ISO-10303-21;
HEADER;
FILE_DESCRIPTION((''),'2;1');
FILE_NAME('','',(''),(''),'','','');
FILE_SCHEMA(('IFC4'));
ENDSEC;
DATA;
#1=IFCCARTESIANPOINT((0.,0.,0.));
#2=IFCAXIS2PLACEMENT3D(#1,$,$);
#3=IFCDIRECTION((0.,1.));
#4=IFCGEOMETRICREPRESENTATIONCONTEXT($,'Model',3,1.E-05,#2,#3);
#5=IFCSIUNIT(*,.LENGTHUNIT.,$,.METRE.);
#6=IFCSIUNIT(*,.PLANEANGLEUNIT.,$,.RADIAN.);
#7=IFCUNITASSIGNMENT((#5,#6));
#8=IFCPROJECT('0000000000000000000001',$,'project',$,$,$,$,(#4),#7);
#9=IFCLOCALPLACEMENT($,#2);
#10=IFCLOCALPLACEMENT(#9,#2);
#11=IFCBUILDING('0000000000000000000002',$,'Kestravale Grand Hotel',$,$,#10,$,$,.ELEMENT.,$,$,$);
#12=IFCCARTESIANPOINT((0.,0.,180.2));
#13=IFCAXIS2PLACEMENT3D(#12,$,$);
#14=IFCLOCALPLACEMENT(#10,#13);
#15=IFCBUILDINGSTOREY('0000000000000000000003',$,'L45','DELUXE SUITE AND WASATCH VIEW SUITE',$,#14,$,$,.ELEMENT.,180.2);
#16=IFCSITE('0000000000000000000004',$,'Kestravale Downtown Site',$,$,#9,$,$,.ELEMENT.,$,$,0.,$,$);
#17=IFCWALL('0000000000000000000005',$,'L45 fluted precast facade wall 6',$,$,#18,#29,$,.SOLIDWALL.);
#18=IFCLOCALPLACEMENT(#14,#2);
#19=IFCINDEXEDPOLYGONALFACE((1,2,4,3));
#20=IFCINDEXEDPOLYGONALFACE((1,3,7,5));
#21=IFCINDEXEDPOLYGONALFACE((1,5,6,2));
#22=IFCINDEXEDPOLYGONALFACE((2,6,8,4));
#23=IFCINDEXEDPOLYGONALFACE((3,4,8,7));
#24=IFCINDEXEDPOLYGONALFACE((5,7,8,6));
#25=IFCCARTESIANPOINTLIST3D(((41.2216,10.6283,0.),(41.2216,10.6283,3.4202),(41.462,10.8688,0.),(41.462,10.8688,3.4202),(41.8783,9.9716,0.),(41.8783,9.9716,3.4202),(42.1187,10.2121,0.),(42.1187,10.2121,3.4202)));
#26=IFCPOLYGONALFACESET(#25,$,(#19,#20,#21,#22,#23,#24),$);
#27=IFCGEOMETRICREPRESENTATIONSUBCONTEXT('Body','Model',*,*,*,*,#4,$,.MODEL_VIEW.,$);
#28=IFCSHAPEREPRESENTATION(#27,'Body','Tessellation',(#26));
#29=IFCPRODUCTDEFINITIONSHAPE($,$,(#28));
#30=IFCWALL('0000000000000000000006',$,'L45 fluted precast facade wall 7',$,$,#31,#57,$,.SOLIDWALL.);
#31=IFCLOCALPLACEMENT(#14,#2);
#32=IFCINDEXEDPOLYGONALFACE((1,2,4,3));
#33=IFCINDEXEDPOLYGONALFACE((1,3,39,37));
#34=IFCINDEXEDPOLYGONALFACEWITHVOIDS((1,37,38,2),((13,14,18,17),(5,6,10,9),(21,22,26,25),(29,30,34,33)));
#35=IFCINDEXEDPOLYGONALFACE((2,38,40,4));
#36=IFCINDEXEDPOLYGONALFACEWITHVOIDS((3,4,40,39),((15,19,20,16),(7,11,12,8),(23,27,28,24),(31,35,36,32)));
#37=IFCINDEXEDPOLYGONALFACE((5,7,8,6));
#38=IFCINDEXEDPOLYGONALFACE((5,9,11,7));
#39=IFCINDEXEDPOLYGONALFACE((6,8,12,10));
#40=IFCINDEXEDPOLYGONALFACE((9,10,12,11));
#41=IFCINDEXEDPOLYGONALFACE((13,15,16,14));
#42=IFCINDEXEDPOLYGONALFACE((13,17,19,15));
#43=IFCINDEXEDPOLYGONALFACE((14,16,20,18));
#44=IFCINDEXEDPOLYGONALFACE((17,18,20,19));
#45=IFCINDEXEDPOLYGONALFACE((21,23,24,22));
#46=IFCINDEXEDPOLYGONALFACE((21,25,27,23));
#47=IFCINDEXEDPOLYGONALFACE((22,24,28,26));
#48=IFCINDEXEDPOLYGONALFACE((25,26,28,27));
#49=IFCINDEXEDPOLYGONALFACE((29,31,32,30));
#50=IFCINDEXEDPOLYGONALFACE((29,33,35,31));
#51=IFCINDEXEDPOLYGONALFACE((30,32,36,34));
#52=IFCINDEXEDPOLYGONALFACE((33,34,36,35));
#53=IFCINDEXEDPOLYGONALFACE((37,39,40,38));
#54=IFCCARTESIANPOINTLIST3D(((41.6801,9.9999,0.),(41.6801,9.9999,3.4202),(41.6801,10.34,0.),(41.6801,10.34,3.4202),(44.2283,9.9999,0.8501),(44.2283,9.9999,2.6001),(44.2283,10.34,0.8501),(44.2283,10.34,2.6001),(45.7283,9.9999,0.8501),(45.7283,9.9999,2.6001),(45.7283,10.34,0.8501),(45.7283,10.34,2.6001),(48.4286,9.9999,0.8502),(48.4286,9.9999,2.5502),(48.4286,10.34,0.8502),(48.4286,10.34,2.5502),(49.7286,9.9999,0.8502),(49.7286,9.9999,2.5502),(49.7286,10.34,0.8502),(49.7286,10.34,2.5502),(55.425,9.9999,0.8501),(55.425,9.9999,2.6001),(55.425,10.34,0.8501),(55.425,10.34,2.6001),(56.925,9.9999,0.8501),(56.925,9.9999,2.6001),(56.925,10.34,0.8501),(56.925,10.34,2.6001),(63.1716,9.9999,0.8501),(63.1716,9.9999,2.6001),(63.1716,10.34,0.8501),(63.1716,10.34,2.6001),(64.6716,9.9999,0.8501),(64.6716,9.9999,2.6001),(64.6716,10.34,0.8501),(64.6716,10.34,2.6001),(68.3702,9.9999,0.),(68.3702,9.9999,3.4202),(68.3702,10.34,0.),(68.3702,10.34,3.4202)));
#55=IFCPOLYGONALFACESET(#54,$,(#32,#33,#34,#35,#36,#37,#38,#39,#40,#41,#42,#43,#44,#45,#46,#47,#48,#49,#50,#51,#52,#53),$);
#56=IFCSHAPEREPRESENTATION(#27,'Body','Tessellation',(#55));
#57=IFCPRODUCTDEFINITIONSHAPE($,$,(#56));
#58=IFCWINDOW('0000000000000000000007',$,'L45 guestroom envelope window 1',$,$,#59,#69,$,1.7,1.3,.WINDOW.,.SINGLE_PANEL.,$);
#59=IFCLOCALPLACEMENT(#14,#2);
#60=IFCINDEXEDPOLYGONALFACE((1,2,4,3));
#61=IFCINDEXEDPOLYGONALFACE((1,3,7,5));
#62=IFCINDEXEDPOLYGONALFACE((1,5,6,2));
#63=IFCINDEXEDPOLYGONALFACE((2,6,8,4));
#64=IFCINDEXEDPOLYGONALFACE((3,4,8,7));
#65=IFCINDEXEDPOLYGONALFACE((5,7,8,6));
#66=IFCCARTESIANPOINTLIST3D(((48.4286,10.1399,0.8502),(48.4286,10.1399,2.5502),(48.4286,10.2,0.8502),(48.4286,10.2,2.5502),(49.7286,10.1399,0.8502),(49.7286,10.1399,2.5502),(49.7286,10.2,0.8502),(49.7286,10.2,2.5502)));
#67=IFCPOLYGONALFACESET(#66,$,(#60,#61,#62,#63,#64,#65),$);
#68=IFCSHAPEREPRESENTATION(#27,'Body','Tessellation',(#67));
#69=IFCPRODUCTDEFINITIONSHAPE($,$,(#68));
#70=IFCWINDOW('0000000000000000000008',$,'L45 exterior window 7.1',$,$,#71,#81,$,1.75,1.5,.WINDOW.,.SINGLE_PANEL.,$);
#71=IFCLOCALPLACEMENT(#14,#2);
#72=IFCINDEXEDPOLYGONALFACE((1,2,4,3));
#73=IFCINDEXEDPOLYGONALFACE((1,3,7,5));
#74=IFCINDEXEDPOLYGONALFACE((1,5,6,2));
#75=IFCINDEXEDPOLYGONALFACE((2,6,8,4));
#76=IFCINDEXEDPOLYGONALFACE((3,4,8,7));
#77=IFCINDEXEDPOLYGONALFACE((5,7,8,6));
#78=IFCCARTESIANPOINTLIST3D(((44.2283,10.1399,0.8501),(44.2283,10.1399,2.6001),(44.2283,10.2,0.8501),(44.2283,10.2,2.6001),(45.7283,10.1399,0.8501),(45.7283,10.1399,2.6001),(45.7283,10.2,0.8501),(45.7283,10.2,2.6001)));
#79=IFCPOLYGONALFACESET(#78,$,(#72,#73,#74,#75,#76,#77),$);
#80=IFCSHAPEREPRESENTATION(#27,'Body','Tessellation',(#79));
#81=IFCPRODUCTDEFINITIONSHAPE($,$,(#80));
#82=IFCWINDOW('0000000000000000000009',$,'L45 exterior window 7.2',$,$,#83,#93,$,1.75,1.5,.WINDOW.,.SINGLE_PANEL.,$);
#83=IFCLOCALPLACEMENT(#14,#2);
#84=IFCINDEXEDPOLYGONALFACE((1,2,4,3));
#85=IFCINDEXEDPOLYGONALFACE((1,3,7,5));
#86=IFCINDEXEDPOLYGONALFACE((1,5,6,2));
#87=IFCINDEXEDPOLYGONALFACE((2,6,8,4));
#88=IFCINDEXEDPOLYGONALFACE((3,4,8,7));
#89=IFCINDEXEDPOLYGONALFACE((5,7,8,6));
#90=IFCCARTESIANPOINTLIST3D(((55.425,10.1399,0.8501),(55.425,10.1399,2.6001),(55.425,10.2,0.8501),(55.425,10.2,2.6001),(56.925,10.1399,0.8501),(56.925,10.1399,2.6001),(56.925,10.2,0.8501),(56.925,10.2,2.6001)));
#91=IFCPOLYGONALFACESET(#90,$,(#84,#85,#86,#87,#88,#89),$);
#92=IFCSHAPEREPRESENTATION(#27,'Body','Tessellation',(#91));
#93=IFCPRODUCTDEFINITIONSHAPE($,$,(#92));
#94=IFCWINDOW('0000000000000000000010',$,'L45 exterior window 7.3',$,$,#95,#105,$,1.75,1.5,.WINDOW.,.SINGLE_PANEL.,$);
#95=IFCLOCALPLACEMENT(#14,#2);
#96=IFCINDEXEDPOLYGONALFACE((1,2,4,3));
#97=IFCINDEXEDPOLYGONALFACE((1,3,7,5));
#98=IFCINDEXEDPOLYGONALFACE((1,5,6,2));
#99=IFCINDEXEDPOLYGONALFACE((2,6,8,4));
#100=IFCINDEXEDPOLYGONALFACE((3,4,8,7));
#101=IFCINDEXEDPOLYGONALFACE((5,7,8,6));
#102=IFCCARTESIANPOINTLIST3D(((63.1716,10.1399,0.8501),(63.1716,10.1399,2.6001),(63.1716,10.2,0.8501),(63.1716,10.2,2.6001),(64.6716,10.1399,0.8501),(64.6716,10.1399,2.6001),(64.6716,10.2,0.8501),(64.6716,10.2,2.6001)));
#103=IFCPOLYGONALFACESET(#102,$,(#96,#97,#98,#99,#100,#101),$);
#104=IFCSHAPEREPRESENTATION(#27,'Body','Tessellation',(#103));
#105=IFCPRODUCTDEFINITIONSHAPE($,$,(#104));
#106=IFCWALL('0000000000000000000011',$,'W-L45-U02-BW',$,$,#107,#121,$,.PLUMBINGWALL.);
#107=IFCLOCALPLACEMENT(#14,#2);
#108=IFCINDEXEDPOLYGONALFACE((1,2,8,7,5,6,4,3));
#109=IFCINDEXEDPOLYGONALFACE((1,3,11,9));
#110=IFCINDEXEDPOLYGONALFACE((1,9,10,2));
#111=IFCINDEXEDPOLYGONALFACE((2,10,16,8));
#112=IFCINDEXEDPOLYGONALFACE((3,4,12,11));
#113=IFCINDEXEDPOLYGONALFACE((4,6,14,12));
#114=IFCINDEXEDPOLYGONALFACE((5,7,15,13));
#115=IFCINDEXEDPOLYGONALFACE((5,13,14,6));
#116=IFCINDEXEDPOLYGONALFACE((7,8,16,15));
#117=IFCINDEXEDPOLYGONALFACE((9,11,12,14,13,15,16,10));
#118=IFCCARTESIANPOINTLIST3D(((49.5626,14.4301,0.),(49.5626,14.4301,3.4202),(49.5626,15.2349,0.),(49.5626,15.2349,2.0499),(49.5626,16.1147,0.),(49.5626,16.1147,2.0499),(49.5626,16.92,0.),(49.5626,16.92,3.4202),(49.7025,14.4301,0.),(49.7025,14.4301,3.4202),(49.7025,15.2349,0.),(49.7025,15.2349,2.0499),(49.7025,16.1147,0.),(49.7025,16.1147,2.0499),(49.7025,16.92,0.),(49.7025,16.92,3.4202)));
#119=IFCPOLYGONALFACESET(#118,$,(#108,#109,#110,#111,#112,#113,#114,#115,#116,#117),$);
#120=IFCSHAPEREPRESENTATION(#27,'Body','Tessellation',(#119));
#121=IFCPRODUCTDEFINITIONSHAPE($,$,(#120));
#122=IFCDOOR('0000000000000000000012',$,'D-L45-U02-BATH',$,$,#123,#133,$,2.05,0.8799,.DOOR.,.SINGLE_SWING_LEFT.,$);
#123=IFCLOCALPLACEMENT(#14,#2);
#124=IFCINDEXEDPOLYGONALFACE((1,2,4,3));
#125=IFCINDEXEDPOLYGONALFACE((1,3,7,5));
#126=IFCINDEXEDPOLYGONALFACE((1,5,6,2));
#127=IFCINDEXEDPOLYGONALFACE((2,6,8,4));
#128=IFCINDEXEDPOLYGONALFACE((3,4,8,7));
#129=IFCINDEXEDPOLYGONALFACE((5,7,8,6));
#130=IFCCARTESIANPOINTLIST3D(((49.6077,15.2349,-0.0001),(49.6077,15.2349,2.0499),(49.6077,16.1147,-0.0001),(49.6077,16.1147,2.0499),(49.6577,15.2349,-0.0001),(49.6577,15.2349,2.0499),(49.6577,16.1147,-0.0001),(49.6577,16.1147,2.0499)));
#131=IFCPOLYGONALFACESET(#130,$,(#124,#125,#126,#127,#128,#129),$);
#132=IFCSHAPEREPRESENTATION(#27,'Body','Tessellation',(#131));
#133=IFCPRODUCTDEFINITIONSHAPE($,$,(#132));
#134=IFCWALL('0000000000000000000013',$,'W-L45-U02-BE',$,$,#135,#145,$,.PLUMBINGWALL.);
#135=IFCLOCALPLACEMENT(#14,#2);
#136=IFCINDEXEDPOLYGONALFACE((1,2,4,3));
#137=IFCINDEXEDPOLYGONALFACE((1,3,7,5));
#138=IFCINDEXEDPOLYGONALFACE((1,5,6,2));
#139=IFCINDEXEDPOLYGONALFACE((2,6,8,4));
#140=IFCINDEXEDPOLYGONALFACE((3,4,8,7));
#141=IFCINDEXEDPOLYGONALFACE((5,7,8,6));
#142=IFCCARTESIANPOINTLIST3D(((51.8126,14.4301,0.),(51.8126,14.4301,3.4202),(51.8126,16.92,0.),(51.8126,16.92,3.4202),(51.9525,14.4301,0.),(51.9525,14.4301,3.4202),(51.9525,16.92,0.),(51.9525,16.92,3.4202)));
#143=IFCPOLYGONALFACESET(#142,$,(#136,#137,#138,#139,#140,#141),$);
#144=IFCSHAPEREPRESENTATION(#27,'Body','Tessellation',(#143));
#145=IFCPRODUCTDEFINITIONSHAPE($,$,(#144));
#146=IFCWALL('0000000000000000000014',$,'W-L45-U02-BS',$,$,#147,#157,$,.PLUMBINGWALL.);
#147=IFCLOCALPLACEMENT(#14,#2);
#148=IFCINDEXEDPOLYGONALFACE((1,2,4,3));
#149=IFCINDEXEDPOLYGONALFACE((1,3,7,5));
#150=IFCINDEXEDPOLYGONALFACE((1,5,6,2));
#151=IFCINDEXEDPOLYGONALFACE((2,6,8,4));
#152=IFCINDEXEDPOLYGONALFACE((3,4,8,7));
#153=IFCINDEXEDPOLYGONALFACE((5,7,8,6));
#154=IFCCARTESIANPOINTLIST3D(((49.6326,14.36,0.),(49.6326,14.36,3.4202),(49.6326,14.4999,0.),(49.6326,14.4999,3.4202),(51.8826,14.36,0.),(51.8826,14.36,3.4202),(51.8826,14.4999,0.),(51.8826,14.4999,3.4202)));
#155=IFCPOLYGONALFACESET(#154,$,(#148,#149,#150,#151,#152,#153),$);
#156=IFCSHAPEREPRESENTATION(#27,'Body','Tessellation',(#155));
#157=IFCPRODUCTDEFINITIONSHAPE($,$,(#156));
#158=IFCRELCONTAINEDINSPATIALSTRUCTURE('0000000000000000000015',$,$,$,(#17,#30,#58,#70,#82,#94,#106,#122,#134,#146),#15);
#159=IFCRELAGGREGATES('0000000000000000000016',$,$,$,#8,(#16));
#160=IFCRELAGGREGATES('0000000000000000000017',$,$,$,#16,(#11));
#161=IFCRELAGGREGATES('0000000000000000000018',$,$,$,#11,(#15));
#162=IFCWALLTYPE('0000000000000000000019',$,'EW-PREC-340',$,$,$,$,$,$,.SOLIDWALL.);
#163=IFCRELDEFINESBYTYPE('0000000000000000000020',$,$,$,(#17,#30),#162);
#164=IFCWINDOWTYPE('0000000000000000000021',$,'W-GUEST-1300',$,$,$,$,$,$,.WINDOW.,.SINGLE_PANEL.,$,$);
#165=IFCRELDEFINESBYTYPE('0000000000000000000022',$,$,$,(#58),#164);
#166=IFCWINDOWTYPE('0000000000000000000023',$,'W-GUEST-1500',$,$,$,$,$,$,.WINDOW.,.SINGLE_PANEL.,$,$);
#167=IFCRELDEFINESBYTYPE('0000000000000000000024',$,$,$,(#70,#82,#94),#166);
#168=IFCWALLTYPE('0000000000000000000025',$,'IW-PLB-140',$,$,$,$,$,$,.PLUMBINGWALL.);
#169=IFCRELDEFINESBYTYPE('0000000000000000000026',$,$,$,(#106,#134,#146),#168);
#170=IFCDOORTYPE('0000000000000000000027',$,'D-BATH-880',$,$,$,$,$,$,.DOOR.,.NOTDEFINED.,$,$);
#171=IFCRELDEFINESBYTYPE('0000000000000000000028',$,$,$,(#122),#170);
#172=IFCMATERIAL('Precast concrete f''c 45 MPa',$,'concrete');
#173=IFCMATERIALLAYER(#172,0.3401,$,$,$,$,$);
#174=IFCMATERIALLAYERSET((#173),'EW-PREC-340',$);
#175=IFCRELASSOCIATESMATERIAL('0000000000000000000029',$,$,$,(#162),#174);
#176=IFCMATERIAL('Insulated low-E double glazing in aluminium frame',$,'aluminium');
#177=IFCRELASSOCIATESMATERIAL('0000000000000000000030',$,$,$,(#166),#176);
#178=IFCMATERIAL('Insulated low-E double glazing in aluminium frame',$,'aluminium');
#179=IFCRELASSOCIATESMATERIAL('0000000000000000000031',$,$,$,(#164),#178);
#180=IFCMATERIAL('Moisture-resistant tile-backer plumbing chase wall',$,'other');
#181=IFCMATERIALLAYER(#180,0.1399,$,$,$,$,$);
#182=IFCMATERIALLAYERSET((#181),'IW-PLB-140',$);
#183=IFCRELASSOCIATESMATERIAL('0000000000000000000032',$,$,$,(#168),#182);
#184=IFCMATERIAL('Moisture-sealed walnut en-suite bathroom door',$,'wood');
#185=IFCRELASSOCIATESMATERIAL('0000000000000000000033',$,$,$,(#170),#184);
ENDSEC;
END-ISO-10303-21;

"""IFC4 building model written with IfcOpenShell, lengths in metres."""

from ifc_helpers import new_model, si_unit, direction, frame, frame_2d, origin, place, context, subcontext, project, spatial, rectangle, extrude, material, layer, layer_set, type_object, element, fill, save


model = new_model("IFC4")

# Units and contexts
model_context = context("Model", 3, precision=1e-05, world=origin(), true_north=direction((0.0, 1.0)))
body_context = subcontext(model_context, "Body", "Model", "MODEL_VIEW")
ifc_project = project(units=[si_unit("LENGTHUNIT", "METRE"), si_unit("PLANEANGLEUNIT", "RADIAN")], contexts=[model_context])

# Site, building, storey
site_placement = place(None, origin())
site = spatial("IfcSite", under=ifc_project, at=site_placement, Name="Kestravale Downtown Site", CompositionType="ELEMENT", RefElevation=0.0)
building_placement = place(site_placement, origin())
building = spatial("IfcBuilding", under=site, at=building_placement, Name="Kestravale Grand Hotel", CompositionType="ELEMENT")
storey_placement = place(building_placement, frame((0.0, 0.0, 180.2)))
storey = spatial("IfcBuildingStorey", under=building, at=storey_placement, Name="L45", Description="DELUXE SUITE AND WASATCH VIEW SUITE", CompositionType="ELEMENT", Elevation=180.2)

# Shared definitions
ifc_material_1 = material(Name="Precast concrete f'c 45 MPa", Category="concrete")
ifc_layer_1 = layer(ifc_material_1, 0.3401)
ifc_layer_set_1 = layer_set([ifc_layer_1], Name="EW-PREC-340")
wall_type_1 = type_object("IfcWallType", Name="EW-PREC-340", PredefinedType="SOLIDWALL", material=ifc_layer_set_1)
ifc_material_2 = material(Name="Insulated low-E double glazing in aluminium frame", Category="aluminium")
window_type_1 = type_object("IfcWindowType", Name="W-GUEST-1500", PartitioningType="SINGLE_PANEL", PredefinedType="WINDOW", material=ifc_material_2)

# Wall
wall_1_placement = place(storey_placement, frame((41.3418, 10.7485, 0.0), z_axis=(0.0, 0.0, 1.0), x_axis=(0.707107, -0.707107, 0.0)))
element("IfcWall", 1, at=wall_1_placement, inside=storey, type_object=wall_type_1, Name="L45 fluted precast facade wall 6", PredefinedType="SOLIDWALL", context=body_context, shape_type="SweptSolid", body=[
    extrude(rectangle(XDim=0.9287, YDim=0.3401, at=frame_2d((0.4644, 0.0))), origin(), (0.0, 0.0, 1.0), 3.4202),
])

# Wall, openings, windows
wall_2_placement = place(storey_placement, frame((41.6799, 10.1699, 0.0), z_axis=(0.0, 0.0, 1.0), x_axis=(1.0, 0.0, 0.0)))
wall_2 = element("IfcWall", 2, at=wall_2_placement, inside=storey, type_object=wall_type_1, Name="L45 fluted precast facade wall 7", PredefinedType="SOLIDWALL", context=body_context, shape_type="SweptSolid", body=[
    extrude(rectangle(XDim=26.6902, YDim=0.3401, at=frame_2d((13.3452, 0.0))), origin(), (0.0, 0.0, 1.0), 3.4202),
])
opening_1_placement = place(wall_2_placement, frame((2.5483, 0.0, 0.8501)))
opening_1 = element("IfcOpeningElement", 3, at=opening_1_placement, cuts=wall_2, PredefinedType="OPENING", context=body_context, shape_type="SweptSolid", body=[
    extrude(rectangle(XDim=1.5, YDim=1.75, at=frame_2d((0.75, 0.875))), frame((0.0, 0.1799, 0.0), z_axis=(0.0, -1.0, 0.0), x_axis=(1.0, 0.0, 0.0)), (0.0, 0.0, 1.0), 0.3601),
])
opening_2_placement = place(wall_2_placement, frame((13.7451, 0.0, 0.8501)))
opening_2 = element("IfcOpeningElement", 4, at=opening_2_placement, cuts=wall_2, PredefinedType="OPENING", context=body_context, shape_type="SweptSolid", body=[
    extrude(rectangle(XDim=1.5, YDim=1.75, at=frame_2d((0.75, 0.875))), frame((0.0, 0.1799, 0.0), z_axis=(0.0, -1.0, 0.0), x_axis=(1.0, 0.0, 0.0)), (0.0, 0.0, 1.0), 0.3601),
])
opening_3_placement = place(wall_2_placement, frame((21.4917, 0.0, 0.8501)))
opening_3 = element("IfcOpeningElement", 5, at=opening_3_placement, cuts=wall_2, PredefinedType="OPENING", context=body_context, shape_type="SweptSolid", body=[
    extrude(rectangle(XDim=1.5, YDim=1.75, at=frame_2d((0.75, 0.875))), frame((0.0, 0.1799, 0.0), z_axis=(0.0, -1.0, 0.0), x_axis=(1.0, 0.0, 0.0)), (0.0, 0.0, 1.0), 0.3601),
])
opening_4_placement = place(wall_2_placement, frame((6.7488, 0.0, 0.8501)))
opening_4 = element("IfcOpeningElement", 6, at=opening_4_placement, cuts=wall_2, PredefinedType="OPENING", context=body_context, shape_type="SweptSolid", body=[
    extrude(rectangle(XDim=1.3, YDim=1.7, at=frame_2d((0.6499, 0.8501))), frame((0.0, 0.1799, 0.0), z_axis=(0.0, -1.0, 0.0), x_axis=(1.0, 0.0, 0.0)), (0.0, 0.0, 1.0), 0.3601),
])
ifc_material_3 = material(Name="Insulated low-E double glazing in aluminium frame", Category="aluminium")
window_type_2 = type_object("IfcWindowType", Name="W-GUEST-1300", PartitioningType="SINGLE_PANEL", PredefinedType="WINDOW", material=ifc_material_3)
window_1_placement = place(opening_4_placement, origin())
window_1 = element("IfcWindow", 7, at=window_1_placement, inside=storey, type_object=window_type_2, Name="L45 guestroom envelope window 1", OverallHeight=1.7, OverallWidth=1.3, PartitioningType="SINGLE_PANEL", PredefinedType="WINDOW", context=body_context, shape_type="SweptSolid", body=[
    extrude(rectangle(XDim=1.3, YDim=1.7, at=frame_2d((0.6499, 0.8501))), frame((0.0, 0.03, 0.0), z_axis=(0.0, -1.0, 0.0), x_axis=(1.0, 0.0, 0.0)), (0.0, 0.0, 1.0), 0.0601),
])
fill(opening_4, window_1)
window_2_placement = place(opening_1_placement, origin())
window_2 = element("IfcWindow", 8, at=window_2_placement, inside=storey, type_object=window_type_1, Name="L45 exterior window 7.1", OverallHeight=1.75, OverallWidth=1.5, PartitioningType="SINGLE_PANEL", PredefinedType="WINDOW", context=body_context, shape_type="SweptSolid", body=[
    extrude(rectangle(XDim=1.5, YDim=1.75, at=frame_2d((0.75, 0.875))), frame((0.0, 0.03, 0.0), z_axis=(0.0, -1.0, 0.0), x_axis=(1.0, 0.0, 0.0)), (0.0, 0.0, 1.0), 0.0601),
])
fill(opening_1, window_2)
window_3_placement = place(opening_2_placement, origin())
window_3 = element("IfcWindow", 9, at=window_3_placement, inside=storey, type_object=window_type_1, Name="L45 exterior window 7.2", OverallHeight=1.75, OverallWidth=1.5, PartitioningType="SINGLE_PANEL", PredefinedType="WINDOW", context=body_context, shape_type="SweptSolid", body=[
    extrude(rectangle(XDim=1.5, YDim=1.75, at=frame_2d((0.75, 0.875))), frame((0.0, 0.03, 0.0), z_axis=(0.0, -1.0, 0.0), x_axis=(1.0, 0.0, 0.0)), (0.0, 0.0, 1.0), 0.0601),
])
fill(opening_2, window_3)
window_4_placement = place(opening_3_placement, origin())
window_4 = element("IfcWindow", 10, at=window_4_placement, inside=storey, type_object=window_type_1, Name="L45 exterior window 7.3", OverallHeight=1.75, OverallWidth=1.5, PartitioningType="SINGLE_PANEL", PredefinedType="WINDOW", context=body_context, shape_type="SweptSolid", body=[
    extrude(rectangle(XDim=1.5, YDim=1.75, at=frame_2d((0.75, 0.875))), frame((0.0, 0.03, 0.0), z_axis=(0.0, -1.0, 0.0), x_axis=(1.0, 0.0, 0.0)), (0.0, 0.0, 1.0), 0.0601),
])
fill(opening_3, window_4)

# Wall, opening, door
ifc_material_4 = material(Name="Moisture-resistant tile-backer plumbing chase wall", Category="other")
ifc_layer_2 = layer(ifc_material_4, 0.1399)
ifc_layer_set_2 = layer_set([ifc_layer_2], Name="IW-PLB-140")
wall_type_2 = type_object("IfcWallType", Name="IW-PLB-140", PredefinedType="PLUMBINGWALL", material=ifc_layer_set_2)
wall_3_placement = place(storey_placement, frame((49.6326, 14.4299, 0.0), z_axis=(0.0, 0.0, 1.0), x_axis=(0.0, 1.0, 0.0)))
wall_3 = element("IfcWall", 11, at=wall_3_placement, inside=storey, type_object=wall_type_2, Name="W-L45-U02-BW", PredefinedType="PLUMBINGWALL", context=body_context, shape_type="SweptSolid", body=[
    extrude(rectangle(XDim=2.49, YDim=0.1399, at=frame_2d((1.2451, 0.0))), origin(), (0.0, 0.0, 1.0), 3.4202),
])
opening_5_placement = place(wall_3_placement, frame((0.8049, 0.0, 0.0)))
opening_5 = element("IfcOpeningElement", 12, at=opening_5_placement, cuts=wall_3, PredefinedType="OPENING", context=body_context, shape_type="SweptSolid", body=[
    extrude(rectangle(XDim=0.8799, YDim=2.05, at=frame_2d((0.4399, 1.0249))), frame((0.0, 0.0798, 0.0), z_axis=(0.0, -1.0, 0.0), x_axis=(1.0, 0.0, 0.0)), (0.0, 0.0, 1.0), 0.1599),
])
ifc_material_5 = material(Name="Moisture-sealed walnut en-suite bathroom door", Category="wood")
door_type = type_object("IfcDoorType", Name="D-BATH-880", OperationType="NOTDEFINED", PredefinedType="DOOR", material=ifc_material_5)
door_placement = place(opening_5_placement, origin())
door = element("IfcDoor", 13, at=door_placement, inside=storey, type_object=door_type, Name="D-L45-U02-BATH", OperationType="SINGLE_SWING_LEFT", OverallHeight=2.05, OverallWidth=0.8799, PredefinedType="DOOR", context=body_context, shape_type="SweptSolid", body=[
    extrude(rectangle(XDim=0.8799, YDim=2.05, at=frame_2d((0.4399, 1.0249))), frame((0.0, 0.0249, 0.0), z_axis=(0.0, -1.0, 0.0), x_axis=(1.0, 0.0, 0.0)), (0.0, 0.0, 1.0), 0.05),
])
fill(opening_5, door)

# Walls
wall_4_placement = place(storey_placement, frame((51.8826, 14.4299, 0.0), z_axis=(0.0, 0.0, 1.0), x_axis=(0.0, 1.0, 0.0)))
element("IfcWall", 14, at=wall_4_placement, inside=storey, type_object=wall_type_2, Name="W-L45-U02-BE", PredefinedType="PLUMBINGWALL", context=body_context, shape_type="SweptSolid", body=[
    extrude(rectangle(XDim=2.49, YDim=0.1399, at=frame_2d((1.2451, 0.0))), origin(), (0.0, 0.0, 1.0), 3.4202),
])
wall_5_placement = place(storey_placement, frame((49.6326, 14.4299, 0.0), z_axis=(0.0, 0.0, 1.0), x_axis=(1.0, 0.0, 0.0)))
element("IfcWall", 15, at=wall_5_placement, inside=storey, type_object=wall_type_2, Name="W-L45-U02-BS", PredefinedType="PLUMBINGWALL", context=body_context, shape_type="SweptSolid", body=[
    extrude(rectangle(XDim=2.25, YDim=0.1399, at=frame_2d((1.125, 0.0))), origin(), (0.0, 0.0, 1.0), 3.4202),
])

save(model, "model.ifc")
